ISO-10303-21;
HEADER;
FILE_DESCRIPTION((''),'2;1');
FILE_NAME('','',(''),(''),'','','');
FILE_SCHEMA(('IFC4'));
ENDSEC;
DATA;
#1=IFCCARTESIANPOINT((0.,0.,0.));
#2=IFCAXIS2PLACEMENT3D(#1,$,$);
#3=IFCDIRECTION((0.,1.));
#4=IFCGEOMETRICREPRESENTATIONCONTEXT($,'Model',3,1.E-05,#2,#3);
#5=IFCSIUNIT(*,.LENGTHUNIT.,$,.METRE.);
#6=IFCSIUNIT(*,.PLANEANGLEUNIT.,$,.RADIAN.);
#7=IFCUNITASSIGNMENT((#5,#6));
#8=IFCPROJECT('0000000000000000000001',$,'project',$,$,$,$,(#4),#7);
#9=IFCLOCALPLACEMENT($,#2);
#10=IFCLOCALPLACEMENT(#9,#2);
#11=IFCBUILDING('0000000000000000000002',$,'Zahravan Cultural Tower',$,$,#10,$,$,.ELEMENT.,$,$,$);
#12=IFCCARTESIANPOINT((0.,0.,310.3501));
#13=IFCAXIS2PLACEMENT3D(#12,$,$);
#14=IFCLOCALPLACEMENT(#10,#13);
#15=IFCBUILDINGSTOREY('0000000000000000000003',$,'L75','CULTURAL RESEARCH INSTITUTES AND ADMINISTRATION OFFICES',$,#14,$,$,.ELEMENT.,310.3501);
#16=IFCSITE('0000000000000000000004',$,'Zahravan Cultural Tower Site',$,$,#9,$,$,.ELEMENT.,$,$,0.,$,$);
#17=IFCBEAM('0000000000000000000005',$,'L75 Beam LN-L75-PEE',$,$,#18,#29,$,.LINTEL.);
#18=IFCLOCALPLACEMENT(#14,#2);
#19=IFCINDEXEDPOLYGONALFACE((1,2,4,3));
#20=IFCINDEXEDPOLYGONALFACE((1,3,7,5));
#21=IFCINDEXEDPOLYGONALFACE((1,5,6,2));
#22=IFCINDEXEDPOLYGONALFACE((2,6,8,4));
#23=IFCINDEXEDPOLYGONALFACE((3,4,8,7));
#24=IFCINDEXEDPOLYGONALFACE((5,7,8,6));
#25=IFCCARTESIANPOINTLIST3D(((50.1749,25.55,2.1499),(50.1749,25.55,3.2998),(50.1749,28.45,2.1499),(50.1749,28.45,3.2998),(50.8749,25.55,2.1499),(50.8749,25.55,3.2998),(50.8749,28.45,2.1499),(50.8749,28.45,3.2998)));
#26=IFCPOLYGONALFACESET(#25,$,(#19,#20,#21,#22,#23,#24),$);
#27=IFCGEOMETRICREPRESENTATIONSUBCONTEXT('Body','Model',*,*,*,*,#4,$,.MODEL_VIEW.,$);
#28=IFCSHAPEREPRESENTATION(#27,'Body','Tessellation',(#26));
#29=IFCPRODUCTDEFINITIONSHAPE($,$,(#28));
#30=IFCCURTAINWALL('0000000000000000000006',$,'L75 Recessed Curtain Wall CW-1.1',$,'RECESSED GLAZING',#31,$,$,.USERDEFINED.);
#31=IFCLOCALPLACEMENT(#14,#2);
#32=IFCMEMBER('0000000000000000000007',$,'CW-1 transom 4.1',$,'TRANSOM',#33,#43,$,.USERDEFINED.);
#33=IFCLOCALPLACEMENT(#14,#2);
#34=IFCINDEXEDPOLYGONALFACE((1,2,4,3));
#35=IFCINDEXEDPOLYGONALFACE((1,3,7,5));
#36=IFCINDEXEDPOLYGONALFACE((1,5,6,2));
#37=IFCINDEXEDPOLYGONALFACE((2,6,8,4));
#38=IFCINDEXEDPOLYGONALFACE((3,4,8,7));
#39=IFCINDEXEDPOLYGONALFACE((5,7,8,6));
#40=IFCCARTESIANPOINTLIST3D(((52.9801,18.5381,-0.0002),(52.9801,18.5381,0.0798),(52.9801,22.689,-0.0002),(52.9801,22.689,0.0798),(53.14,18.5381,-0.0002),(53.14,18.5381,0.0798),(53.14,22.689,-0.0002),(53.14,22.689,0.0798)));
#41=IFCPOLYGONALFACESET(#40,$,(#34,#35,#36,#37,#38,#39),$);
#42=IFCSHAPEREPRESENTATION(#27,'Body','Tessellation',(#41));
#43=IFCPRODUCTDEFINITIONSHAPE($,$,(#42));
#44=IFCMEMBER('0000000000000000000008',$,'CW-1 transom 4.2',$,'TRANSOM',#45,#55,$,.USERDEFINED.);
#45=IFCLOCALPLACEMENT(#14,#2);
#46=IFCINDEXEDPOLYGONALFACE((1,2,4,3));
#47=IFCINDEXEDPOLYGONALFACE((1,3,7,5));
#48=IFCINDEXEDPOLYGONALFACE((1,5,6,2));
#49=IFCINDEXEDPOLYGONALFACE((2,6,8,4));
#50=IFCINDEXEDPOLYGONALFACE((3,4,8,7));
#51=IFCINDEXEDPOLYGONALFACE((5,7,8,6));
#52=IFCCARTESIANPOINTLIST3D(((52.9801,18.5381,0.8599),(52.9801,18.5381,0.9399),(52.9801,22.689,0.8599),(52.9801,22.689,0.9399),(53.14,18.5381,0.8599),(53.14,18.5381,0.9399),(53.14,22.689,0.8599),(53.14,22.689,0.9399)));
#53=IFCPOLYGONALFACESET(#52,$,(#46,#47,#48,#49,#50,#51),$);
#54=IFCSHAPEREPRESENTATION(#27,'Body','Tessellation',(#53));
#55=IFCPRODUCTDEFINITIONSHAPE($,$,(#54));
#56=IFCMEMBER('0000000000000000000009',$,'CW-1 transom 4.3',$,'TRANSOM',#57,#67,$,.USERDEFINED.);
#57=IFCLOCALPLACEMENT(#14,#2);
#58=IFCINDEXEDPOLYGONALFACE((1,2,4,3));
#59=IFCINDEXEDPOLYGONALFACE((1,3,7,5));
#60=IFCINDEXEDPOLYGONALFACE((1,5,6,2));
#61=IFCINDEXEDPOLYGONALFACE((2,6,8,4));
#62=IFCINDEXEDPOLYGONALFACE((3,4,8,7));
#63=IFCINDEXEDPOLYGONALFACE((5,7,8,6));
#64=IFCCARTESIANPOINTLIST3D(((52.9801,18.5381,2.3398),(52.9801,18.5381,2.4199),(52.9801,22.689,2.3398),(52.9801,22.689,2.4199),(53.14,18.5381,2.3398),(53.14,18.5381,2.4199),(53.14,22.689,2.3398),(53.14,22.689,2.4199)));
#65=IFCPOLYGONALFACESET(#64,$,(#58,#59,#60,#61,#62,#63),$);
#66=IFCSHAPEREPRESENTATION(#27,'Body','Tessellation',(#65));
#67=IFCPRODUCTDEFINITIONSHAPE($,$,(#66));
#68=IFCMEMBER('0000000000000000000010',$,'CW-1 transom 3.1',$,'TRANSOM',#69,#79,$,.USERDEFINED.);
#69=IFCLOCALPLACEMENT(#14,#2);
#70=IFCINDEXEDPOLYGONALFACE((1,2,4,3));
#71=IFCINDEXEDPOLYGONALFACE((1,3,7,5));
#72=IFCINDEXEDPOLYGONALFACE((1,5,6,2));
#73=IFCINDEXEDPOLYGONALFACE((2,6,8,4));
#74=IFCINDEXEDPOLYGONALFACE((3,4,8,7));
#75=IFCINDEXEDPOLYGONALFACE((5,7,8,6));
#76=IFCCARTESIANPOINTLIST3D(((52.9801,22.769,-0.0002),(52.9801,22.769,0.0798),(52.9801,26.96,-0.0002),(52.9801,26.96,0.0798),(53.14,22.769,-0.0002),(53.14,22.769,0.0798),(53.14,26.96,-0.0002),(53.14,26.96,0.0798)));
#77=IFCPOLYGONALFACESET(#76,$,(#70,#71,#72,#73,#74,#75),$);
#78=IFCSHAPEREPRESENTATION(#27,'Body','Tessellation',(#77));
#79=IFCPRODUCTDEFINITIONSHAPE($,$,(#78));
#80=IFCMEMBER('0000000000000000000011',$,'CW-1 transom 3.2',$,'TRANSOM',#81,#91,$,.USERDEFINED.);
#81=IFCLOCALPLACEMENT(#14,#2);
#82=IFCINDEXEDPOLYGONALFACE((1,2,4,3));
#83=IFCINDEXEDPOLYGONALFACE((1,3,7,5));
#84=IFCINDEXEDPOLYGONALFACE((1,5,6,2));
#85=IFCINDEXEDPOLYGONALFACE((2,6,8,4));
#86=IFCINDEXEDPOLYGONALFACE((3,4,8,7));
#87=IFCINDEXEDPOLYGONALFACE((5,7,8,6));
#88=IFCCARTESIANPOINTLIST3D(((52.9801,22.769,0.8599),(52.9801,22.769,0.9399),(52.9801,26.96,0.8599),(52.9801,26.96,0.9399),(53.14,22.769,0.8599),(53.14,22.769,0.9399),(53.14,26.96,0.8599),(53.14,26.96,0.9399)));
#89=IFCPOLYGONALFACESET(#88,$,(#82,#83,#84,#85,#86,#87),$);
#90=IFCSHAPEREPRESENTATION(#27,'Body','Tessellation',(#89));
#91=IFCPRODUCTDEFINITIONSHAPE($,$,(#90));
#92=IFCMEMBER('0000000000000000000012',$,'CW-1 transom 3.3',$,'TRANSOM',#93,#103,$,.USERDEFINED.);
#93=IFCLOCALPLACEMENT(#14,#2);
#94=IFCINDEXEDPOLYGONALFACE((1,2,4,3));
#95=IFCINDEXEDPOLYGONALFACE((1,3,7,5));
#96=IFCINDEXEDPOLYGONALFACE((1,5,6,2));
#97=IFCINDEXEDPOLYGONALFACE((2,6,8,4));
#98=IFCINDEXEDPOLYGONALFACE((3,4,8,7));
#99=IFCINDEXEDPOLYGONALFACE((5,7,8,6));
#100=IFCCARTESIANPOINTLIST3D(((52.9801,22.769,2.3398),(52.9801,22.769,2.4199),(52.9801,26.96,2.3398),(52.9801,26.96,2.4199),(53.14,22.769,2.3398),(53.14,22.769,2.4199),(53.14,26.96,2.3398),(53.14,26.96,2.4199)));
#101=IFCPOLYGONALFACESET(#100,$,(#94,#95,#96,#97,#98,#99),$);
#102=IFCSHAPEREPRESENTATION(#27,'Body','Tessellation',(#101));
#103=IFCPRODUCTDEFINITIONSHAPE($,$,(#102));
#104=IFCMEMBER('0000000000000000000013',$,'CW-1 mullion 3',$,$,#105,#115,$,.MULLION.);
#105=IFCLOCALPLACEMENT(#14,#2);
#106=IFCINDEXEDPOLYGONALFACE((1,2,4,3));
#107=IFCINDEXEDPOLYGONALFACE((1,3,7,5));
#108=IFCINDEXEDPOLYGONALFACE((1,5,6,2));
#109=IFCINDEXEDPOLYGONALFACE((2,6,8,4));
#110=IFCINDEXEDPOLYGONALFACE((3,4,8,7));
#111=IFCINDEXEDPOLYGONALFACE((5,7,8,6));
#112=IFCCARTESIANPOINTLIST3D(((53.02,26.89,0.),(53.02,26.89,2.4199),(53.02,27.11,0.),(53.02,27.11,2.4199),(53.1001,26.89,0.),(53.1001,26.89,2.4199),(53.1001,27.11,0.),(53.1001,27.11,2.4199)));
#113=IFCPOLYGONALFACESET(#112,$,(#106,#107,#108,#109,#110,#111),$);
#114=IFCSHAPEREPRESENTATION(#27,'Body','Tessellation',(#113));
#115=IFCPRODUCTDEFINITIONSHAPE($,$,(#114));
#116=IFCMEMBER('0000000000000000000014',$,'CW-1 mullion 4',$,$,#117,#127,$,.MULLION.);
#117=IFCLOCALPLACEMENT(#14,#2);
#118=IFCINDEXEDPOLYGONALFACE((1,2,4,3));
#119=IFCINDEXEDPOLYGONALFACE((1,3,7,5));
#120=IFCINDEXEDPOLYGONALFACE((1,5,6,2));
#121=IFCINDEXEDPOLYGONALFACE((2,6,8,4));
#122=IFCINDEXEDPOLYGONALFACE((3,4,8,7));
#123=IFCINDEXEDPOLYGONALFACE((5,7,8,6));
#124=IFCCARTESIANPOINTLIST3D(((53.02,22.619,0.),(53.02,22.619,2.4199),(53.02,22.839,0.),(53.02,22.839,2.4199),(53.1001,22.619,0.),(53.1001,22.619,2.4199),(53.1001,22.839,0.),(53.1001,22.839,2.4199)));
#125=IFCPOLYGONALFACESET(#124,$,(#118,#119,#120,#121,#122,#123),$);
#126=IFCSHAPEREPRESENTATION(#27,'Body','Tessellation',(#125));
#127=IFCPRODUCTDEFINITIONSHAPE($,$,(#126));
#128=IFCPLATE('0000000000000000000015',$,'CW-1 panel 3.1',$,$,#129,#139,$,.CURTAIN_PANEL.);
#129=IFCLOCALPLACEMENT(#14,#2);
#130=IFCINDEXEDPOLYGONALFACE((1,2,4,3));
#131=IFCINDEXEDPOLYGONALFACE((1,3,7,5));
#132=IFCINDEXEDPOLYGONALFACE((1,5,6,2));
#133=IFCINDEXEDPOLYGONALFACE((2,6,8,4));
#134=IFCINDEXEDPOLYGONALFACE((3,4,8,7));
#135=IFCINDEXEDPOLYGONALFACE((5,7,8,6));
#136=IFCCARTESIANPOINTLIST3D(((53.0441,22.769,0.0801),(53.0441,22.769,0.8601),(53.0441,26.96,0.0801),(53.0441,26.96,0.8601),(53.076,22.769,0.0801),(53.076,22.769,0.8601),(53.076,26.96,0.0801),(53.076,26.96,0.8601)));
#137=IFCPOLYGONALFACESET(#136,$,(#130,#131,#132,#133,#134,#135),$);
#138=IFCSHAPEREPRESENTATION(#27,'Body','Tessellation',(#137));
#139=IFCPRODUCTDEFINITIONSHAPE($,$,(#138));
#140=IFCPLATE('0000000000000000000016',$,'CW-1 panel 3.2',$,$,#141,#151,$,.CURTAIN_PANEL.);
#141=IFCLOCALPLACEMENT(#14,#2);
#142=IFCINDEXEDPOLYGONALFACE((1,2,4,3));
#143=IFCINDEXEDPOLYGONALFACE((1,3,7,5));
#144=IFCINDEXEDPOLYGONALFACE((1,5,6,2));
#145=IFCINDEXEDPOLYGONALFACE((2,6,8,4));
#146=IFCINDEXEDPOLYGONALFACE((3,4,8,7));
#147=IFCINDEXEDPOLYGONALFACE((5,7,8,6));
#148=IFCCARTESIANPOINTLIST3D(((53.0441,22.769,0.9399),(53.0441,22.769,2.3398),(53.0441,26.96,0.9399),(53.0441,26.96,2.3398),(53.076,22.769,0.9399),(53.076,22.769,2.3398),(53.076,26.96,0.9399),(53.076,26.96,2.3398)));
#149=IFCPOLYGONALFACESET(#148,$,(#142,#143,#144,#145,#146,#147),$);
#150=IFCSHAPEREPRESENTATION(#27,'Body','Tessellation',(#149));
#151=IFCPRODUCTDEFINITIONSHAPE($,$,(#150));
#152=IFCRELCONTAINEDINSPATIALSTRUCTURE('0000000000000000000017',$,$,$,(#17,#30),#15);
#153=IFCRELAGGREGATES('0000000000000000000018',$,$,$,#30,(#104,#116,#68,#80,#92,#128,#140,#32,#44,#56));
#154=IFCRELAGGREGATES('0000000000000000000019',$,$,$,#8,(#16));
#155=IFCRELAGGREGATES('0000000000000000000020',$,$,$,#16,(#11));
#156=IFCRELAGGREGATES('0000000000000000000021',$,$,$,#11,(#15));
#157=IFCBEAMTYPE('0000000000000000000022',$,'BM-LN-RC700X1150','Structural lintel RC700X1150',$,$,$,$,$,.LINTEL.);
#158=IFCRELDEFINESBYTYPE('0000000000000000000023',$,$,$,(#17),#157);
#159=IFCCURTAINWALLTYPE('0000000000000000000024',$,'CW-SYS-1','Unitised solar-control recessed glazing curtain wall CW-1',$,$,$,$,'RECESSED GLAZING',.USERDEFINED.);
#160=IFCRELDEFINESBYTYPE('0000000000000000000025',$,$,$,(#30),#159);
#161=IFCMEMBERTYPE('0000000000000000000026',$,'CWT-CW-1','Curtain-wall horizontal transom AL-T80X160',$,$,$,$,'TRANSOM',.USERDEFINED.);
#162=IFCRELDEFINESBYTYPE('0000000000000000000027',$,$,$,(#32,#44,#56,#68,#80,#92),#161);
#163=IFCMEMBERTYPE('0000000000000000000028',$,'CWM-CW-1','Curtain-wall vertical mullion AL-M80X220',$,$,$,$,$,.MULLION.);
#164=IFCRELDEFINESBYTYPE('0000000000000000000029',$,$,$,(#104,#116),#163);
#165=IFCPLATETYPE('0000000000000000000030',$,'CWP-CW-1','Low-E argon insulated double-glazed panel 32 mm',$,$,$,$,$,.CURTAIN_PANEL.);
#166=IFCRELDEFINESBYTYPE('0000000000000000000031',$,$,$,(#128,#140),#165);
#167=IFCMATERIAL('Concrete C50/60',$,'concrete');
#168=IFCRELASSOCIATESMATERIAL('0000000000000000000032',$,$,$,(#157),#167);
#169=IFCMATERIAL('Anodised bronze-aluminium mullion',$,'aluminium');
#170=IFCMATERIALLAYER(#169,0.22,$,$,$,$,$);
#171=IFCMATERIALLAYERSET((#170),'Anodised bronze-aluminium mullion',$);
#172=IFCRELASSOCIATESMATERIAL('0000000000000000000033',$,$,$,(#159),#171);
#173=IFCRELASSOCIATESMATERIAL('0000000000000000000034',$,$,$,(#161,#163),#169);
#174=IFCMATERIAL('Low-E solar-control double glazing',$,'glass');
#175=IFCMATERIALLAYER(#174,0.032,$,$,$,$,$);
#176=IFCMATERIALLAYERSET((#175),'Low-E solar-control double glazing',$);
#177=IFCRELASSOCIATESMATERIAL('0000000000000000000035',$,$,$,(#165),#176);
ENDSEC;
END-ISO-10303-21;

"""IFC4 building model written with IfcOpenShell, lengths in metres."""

from ifc_helpers import new_model, si_unit, direction, frame, origin, origin_2d, place, context, subcontext, project, spatial, rectangle, extrude, source, transform, mapped, material, layer, layer_set, material_profile, profile_set, type_object, element, aggregate, save


model = new_model("IFC4")

# Units and contexts
model_context = context("Model", 3, precision=1e-05, world=origin(), true_north=direction((0.0, 1.0)))
body_context = subcontext(model_context, "Body", "Model", "MODEL_VIEW")
ifc_project = project(units=[si_unit("LENGTHUNIT", "METRE"), si_unit("PLANEANGLEUNIT", "RADIAN")], contexts=[model_context])

# Site, building, storey
site_placement = place(None, origin())
site = spatial("IfcSite", under=ifc_project, at=site_placement, Name="Zahravan Cultural Tower Site", CompositionType="ELEMENT", RefElevation=0.0)
building_placement = place(site_placement, origin())
building = spatial("IfcBuilding", under=site, at=building_placement, Name="Zahravan Cultural Tower", CompositionType="ELEMENT")
storey_placement = place(building_placement, frame((0.0, 0.0, 310.3501)))
storey = spatial("IfcBuildingStorey", under=building, at=storey_placement, Name="L75", Description="CULTURAL RESEARCH INSTITUTES AND ADMINISTRATION OFFICES", CompositionType="ELEMENT", Elevation=310.3501)

# Beam
ifc_material_1 = material(Name="Concrete C50/60", Category="concrete")
ifc_material_profile_1 = material_profile(ifc_material_1, rectangle(XDim=0.7, YDim=1.1499, at=origin_2d()), Name="RC700X1150")
ifc_profile_set_1 = profile_set([ifc_material_profile_1], Name="Concrete C50/60")
beam_type = type_object("IfcBeamType", Name="BM-LN-RC700X1150", Description="Structural lintel RC700X1150", PredefinedType="LINTEL", material=ifc_profile_set_1)
shared_shape_1 = source(origin(), body_context, "Body", "SweptSolid", [
    extrude(rectangle(XDim=0.7, YDim=1.1499, at=origin_2d()), origin(), (0.0, 0.0, 1.0), 2.8999),
])
beam_placement = place(storey_placement, frame((50.5249, 25.55, 2.7249), z_axis=(0.0, 1.0, 0.0), x_axis=(-1.0, 0.0, 0.0)))
element("IfcBeam", 1, at=beam_placement, inside=storey, type_object=beam_type, Name="L75 Beam LN-L75-PEE", PredefinedType="LINTEL", context=body_context, shape_type="MappedRepresentation", body=[
    mapped(shared_shape_1, transform((0.0, 0.0, 0.0), x_axis=(1.0, 0.0, 0.0), y_axis=(0.0, 1.0, 0.0), z_axis=(0.0, 0.0, 1.0), scale=1.0)),
])

# Curtain wall, members, plates
ifc_material_2 = material(Name="Anodised bronze-aluminium mullion", Category="aluminium")
ifc_layer_1 = layer(ifc_material_2, 0.22)
ifc_layer_set_1 = layer_set([ifc_layer_1], Name="Anodised bronze-aluminium mullion")
curtain_wall_type = type_object("IfcCurtainWallType", Name="CW-SYS-1", Description="Unitised solar-control recessed glazing curtain wall CW-1", ElementType="RECESSED GLAZING", PredefinedType="USERDEFINED", material=ifc_layer_set_1)
curtain_wall_placement = place(storey_placement, origin())
curtain_wall = element("IfcCurtainWall", 2, at=curtain_wall_placement, inside=storey, type_object=curtain_wall_type, Name="L75 Recessed Curtain Wall CW-1.1", ObjectType="RECESSED GLAZING", PredefinedType="USERDEFINED")
ifc_material_profile_2 = material_profile(ifc_material_2, rectangle(XDim=0.1599, YDim=0.0801, at=origin_2d()), Name="AL-T80X160")
ifc_profile_set_2 = profile_set([ifc_material_profile_2], Name="Anodised bronze-aluminium mullion")
member_type_1 = type_object("IfcMemberType", Name="CWT-CW-1", Description="Curtain-wall horizontal transom AL-T80X160", ElementType="TRANSOM", PredefinedType="USERDEFINED", material=ifc_profile_set_2)
shared_shape_2 = source(origin(), body_context, "Body", "SweptSolid", [
    extrude(rectangle(XDim=0.1599, YDim=0.0801, at=origin_2d()), origin(), (0.0, 0.0, 1.0), 4.1509),
])
member_1_placement = place(storey_placement, frame((53.0601, 22.689, 0.0398), z_axis=(0.0, -1.0, 0.0), x_axis=(1.0, 0.0, 0.0)))
member_1 = element("IfcMember", 3, at=member_1_placement, type_object=member_type_1, Name="CW-1 transom 4.1", ObjectType="TRANSOM", PredefinedType="USERDEFINED", context=body_context, shape_type="MappedRepresentation", body=[
    mapped(shared_shape_2, transform((0.0, 0.0, 0.0), x_axis=(1.0, 0.0, 0.0), y_axis=(0.0, 1.0, 0.0), z_axis=(0.0, 0.0, 1.0), scale=1.0)),
])
member_2_placement = place(storey_placement, frame((53.0601, 22.689, 0.8999), z_axis=(0.0, -1.0, 0.0), x_axis=(1.0, 0.0, 0.0)))
member_2 = element("IfcMember", 4, at=member_2_placement, type_object=member_type_1, Name="CW-1 transom 4.2", ObjectType="TRANSOM", PredefinedType="USERDEFINED", context=body_context, shape_type="MappedRepresentation", body=[
    mapped(shared_shape_2, transform((0.0, 0.0, 0.0), x_axis=(1.0, 0.0, 0.0), y_axis=(0.0, 1.0, 0.0), z_axis=(0.0, 0.0, 1.0), scale=1.0)),
])
member_3_placement = place(storey_placement, frame((53.0601, 22.689, 2.3799), z_axis=(0.0, -1.0, 0.0), x_axis=(1.0, 0.0, 0.0)))
member_3 = element("IfcMember", 5, at=member_3_placement, type_object=member_type_1, Name="CW-1 transom 4.3", ObjectType="TRANSOM", PredefinedType="USERDEFINED", context=body_context, shape_type="MappedRepresentation", body=[
    mapped(shared_shape_2, transform((0.0, 0.0, 0.0), x_axis=(1.0, 0.0, 0.0), y_axis=(0.0, 1.0, 0.0), z_axis=(0.0, 0.0, 1.0), scale=1.0)),
])
shared_shape_3 = source(origin(), body_context, "Body", "SweptSolid", [
    extrude(rectangle(XDim=0.1599, YDim=0.0801, at=origin_2d()), origin(), (0.0, 0.0, 1.0), 4.1909),
])
member_4_placement = place(storey_placement, frame((53.0601, 26.96, 0.0398), z_axis=(0.0, -1.0, 0.0), x_axis=(1.0, 0.0, 0.0)))
member_4 = element("IfcMember", 6, at=member_4_placement, type_object=member_type_1, Name="CW-1 transom 3.1", ObjectType="TRANSOM", PredefinedType="USERDEFINED", context=body_context, shape_type="MappedRepresentation", body=[
    mapped(shared_shape_3, transform((0.0, 0.0, 0.0), x_axis=(1.0, 0.0, 0.0), y_axis=(0.0, 1.0, 0.0), z_axis=(0.0, 0.0, 1.0), scale=1.0)),
])
member_5_placement = place(storey_placement, frame((53.0601, 26.96, 0.8999), z_axis=(0.0, -1.0, 0.0), x_axis=(1.0, 0.0, 0.0)))
member_5 = element("IfcMember", 7, at=member_5_placement, type_object=member_type_1, Name="CW-1 transom 3.2", ObjectType="TRANSOM", PredefinedType="USERDEFINED", context=body_context, shape_type="MappedRepresentation", body=[
    mapped(shared_shape_3, transform((0.0, 0.0, 0.0), x_axis=(1.0, 0.0, 0.0), y_axis=(0.0, 1.0, 0.0), z_axis=(0.0, 0.0, 1.0), scale=1.0)),
])
member_6_placement = place(storey_placement, frame((53.0601, 26.96, 2.3799), z_axis=(0.0, -1.0, 0.0), x_axis=(1.0, 0.0, 0.0)))
member_6 = element("IfcMember", 8, at=member_6_placement, type_object=member_type_1, Name="CW-1 transom 3.3", ObjectType="TRANSOM", PredefinedType="USERDEFINED", context=body_context, shape_type="MappedRepresentation", body=[
    mapped(shared_shape_3, transform((0.0, 0.0, 0.0), x_axis=(1.0, 0.0, 0.0), y_axis=(0.0, 1.0, 0.0), z_axis=(0.0, 0.0, 1.0), scale=1.0)),
])
ifc_material_profile_3 = material_profile(ifc_material_2, rectangle(XDim=0.0801, YDim=0.22, at=origin_2d()), Name="AL-M80X220")
ifc_profile_set_3 = profile_set([ifc_material_profile_3], Name="Anodised bronze-aluminium mullion")
member_type_2 = type_object("IfcMemberType", Name="CWM-CW-1", Description="Curtain-wall vertical mullion AL-M80X220", PredefinedType="MULLION", material=ifc_profile_set_3)
shared_shape_4 = source(origin(), body_context, "Body", "SweptSolid", [
    extrude(rectangle(XDim=0.0801, YDim=0.22, at=origin_2d()), origin(), (0.0, 0.0, 1.0), 2.4199),
])
member_7_placement = place(storey_placement, frame((53.0601, 27.0, 0.0), z_axis=(0.0, 0.0, 1.0), x_axis=(1.0, 0.0, 0.0)))
member_7 = element("IfcMember", 9, at=member_7_placement, type_object=member_type_2, Name="CW-1 mullion 3", PredefinedType="MULLION", context=body_context, shape_type="MappedRepresentation", body=[
    mapped(shared_shape_4, transform((0.0, 0.0, 0.0), x_axis=(1.0, 0.0, 0.0), y_axis=(0.0, 1.0, 0.0), z_axis=(0.0, 0.0, 1.0), scale=1.0)),
])
member_8_placement = place(storey_placement, frame((53.0601, 22.729, 0.0), z_axis=(0.0, 0.0, 1.0), x_axis=(1.0, 0.0, 0.0)))
member_8 = element("IfcMember", 10, at=member_8_placement, type_object=member_type_2, Name="CW-1 mullion 4", PredefinedType="MULLION", context=body_context, shape_type="MappedRepresentation", body=[
    mapped(shared_shape_4, transform((0.0, 0.0, 0.0), x_axis=(1.0, 0.0, 0.0), y_axis=(0.0, 1.0, 0.0), z_axis=(0.0, 0.0, 1.0), scale=1.0)),
])
ifc_material_3 = material(Name="Low-E solar-control double glazing", Category="glass")
ifc_layer_2 = layer(ifc_material_3, 0.032)
ifc_layer_set_2 = layer_set([ifc_layer_2], Name="Low-E solar-control double glazing")
plate_type = type_object("IfcPlateType", Name="CWP-CW-1", Description="Low-E argon insulated double-glazed panel 32 mm", PredefinedType="CURTAIN_PANEL", material=ifc_layer_set_2)
shared_shape_5 = source(origin(), body_context, "Body", "SweptSolid", [
    extrude(rectangle(XDim=4.1909, YDim=0.032, at=origin_2d()), origin(), (0.0, 0.0, 1.0), 0.78),
])
plate_1_placement = place(storey_placement, frame((53.0601, 24.8645, 0.0801), z_axis=(0.0, 0.0, 1.0), x_axis=(0.0, -1.0, 0.0)))
plate_1 = element("IfcPlate", 11, at=plate_1_placement, type_object=plate_type, Name="CW-1 panel 3.1", PredefinedType="CURTAIN_PANEL", context=body_context, shape_type="MappedRepresentation", body=[
    mapped(shared_shape_5, transform((0.0, 0.0, 0.0), x_axis=(1.0, 0.0, 0.0), y_axis=(0.0, 1.0, 0.0), z_axis=(0.0, 0.0, 1.0), scale=1.0)),
])
shared_shape_6 = source(origin(), body_context, "Body", "SweptSolid", [
    extrude(rectangle(XDim=4.1909, YDim=0.032, at=origin_2d()), origin(), (0.0, 0.0, 1.0), 1.3999),
])
plate_2_placement = place(storey_placement, frame((53.0601, 24.8645, 0.9399), z_axis=(0.0, 0.0, 1.0), x_axis=(0.0, -1.0, 0.0)))
plate_2 = element("IfcPlate", 12, at=plate_2_placement, type_object=plate_type, Name="CW-1 panel 3.2", PredefinedType="CURTAIN_PANEL", context=body_context, shape_type="MappedRepresentation", body=[
    mapped(shared_shape_6, transform((0.0, 0.0, 0.0), x_axis=(1.0, 0.0, 0.0), y_axis=(0.0, 1.0, 0.0), z_axis=(0.0, 0.0, 1.0), scale=1.0)),
])
aggregate(curtain_wall, [member_7, member_8, member_4, member_5, member_6, plate_1, plate_2, member_1, member_2, member_3])

save(model, "model.ifc")
